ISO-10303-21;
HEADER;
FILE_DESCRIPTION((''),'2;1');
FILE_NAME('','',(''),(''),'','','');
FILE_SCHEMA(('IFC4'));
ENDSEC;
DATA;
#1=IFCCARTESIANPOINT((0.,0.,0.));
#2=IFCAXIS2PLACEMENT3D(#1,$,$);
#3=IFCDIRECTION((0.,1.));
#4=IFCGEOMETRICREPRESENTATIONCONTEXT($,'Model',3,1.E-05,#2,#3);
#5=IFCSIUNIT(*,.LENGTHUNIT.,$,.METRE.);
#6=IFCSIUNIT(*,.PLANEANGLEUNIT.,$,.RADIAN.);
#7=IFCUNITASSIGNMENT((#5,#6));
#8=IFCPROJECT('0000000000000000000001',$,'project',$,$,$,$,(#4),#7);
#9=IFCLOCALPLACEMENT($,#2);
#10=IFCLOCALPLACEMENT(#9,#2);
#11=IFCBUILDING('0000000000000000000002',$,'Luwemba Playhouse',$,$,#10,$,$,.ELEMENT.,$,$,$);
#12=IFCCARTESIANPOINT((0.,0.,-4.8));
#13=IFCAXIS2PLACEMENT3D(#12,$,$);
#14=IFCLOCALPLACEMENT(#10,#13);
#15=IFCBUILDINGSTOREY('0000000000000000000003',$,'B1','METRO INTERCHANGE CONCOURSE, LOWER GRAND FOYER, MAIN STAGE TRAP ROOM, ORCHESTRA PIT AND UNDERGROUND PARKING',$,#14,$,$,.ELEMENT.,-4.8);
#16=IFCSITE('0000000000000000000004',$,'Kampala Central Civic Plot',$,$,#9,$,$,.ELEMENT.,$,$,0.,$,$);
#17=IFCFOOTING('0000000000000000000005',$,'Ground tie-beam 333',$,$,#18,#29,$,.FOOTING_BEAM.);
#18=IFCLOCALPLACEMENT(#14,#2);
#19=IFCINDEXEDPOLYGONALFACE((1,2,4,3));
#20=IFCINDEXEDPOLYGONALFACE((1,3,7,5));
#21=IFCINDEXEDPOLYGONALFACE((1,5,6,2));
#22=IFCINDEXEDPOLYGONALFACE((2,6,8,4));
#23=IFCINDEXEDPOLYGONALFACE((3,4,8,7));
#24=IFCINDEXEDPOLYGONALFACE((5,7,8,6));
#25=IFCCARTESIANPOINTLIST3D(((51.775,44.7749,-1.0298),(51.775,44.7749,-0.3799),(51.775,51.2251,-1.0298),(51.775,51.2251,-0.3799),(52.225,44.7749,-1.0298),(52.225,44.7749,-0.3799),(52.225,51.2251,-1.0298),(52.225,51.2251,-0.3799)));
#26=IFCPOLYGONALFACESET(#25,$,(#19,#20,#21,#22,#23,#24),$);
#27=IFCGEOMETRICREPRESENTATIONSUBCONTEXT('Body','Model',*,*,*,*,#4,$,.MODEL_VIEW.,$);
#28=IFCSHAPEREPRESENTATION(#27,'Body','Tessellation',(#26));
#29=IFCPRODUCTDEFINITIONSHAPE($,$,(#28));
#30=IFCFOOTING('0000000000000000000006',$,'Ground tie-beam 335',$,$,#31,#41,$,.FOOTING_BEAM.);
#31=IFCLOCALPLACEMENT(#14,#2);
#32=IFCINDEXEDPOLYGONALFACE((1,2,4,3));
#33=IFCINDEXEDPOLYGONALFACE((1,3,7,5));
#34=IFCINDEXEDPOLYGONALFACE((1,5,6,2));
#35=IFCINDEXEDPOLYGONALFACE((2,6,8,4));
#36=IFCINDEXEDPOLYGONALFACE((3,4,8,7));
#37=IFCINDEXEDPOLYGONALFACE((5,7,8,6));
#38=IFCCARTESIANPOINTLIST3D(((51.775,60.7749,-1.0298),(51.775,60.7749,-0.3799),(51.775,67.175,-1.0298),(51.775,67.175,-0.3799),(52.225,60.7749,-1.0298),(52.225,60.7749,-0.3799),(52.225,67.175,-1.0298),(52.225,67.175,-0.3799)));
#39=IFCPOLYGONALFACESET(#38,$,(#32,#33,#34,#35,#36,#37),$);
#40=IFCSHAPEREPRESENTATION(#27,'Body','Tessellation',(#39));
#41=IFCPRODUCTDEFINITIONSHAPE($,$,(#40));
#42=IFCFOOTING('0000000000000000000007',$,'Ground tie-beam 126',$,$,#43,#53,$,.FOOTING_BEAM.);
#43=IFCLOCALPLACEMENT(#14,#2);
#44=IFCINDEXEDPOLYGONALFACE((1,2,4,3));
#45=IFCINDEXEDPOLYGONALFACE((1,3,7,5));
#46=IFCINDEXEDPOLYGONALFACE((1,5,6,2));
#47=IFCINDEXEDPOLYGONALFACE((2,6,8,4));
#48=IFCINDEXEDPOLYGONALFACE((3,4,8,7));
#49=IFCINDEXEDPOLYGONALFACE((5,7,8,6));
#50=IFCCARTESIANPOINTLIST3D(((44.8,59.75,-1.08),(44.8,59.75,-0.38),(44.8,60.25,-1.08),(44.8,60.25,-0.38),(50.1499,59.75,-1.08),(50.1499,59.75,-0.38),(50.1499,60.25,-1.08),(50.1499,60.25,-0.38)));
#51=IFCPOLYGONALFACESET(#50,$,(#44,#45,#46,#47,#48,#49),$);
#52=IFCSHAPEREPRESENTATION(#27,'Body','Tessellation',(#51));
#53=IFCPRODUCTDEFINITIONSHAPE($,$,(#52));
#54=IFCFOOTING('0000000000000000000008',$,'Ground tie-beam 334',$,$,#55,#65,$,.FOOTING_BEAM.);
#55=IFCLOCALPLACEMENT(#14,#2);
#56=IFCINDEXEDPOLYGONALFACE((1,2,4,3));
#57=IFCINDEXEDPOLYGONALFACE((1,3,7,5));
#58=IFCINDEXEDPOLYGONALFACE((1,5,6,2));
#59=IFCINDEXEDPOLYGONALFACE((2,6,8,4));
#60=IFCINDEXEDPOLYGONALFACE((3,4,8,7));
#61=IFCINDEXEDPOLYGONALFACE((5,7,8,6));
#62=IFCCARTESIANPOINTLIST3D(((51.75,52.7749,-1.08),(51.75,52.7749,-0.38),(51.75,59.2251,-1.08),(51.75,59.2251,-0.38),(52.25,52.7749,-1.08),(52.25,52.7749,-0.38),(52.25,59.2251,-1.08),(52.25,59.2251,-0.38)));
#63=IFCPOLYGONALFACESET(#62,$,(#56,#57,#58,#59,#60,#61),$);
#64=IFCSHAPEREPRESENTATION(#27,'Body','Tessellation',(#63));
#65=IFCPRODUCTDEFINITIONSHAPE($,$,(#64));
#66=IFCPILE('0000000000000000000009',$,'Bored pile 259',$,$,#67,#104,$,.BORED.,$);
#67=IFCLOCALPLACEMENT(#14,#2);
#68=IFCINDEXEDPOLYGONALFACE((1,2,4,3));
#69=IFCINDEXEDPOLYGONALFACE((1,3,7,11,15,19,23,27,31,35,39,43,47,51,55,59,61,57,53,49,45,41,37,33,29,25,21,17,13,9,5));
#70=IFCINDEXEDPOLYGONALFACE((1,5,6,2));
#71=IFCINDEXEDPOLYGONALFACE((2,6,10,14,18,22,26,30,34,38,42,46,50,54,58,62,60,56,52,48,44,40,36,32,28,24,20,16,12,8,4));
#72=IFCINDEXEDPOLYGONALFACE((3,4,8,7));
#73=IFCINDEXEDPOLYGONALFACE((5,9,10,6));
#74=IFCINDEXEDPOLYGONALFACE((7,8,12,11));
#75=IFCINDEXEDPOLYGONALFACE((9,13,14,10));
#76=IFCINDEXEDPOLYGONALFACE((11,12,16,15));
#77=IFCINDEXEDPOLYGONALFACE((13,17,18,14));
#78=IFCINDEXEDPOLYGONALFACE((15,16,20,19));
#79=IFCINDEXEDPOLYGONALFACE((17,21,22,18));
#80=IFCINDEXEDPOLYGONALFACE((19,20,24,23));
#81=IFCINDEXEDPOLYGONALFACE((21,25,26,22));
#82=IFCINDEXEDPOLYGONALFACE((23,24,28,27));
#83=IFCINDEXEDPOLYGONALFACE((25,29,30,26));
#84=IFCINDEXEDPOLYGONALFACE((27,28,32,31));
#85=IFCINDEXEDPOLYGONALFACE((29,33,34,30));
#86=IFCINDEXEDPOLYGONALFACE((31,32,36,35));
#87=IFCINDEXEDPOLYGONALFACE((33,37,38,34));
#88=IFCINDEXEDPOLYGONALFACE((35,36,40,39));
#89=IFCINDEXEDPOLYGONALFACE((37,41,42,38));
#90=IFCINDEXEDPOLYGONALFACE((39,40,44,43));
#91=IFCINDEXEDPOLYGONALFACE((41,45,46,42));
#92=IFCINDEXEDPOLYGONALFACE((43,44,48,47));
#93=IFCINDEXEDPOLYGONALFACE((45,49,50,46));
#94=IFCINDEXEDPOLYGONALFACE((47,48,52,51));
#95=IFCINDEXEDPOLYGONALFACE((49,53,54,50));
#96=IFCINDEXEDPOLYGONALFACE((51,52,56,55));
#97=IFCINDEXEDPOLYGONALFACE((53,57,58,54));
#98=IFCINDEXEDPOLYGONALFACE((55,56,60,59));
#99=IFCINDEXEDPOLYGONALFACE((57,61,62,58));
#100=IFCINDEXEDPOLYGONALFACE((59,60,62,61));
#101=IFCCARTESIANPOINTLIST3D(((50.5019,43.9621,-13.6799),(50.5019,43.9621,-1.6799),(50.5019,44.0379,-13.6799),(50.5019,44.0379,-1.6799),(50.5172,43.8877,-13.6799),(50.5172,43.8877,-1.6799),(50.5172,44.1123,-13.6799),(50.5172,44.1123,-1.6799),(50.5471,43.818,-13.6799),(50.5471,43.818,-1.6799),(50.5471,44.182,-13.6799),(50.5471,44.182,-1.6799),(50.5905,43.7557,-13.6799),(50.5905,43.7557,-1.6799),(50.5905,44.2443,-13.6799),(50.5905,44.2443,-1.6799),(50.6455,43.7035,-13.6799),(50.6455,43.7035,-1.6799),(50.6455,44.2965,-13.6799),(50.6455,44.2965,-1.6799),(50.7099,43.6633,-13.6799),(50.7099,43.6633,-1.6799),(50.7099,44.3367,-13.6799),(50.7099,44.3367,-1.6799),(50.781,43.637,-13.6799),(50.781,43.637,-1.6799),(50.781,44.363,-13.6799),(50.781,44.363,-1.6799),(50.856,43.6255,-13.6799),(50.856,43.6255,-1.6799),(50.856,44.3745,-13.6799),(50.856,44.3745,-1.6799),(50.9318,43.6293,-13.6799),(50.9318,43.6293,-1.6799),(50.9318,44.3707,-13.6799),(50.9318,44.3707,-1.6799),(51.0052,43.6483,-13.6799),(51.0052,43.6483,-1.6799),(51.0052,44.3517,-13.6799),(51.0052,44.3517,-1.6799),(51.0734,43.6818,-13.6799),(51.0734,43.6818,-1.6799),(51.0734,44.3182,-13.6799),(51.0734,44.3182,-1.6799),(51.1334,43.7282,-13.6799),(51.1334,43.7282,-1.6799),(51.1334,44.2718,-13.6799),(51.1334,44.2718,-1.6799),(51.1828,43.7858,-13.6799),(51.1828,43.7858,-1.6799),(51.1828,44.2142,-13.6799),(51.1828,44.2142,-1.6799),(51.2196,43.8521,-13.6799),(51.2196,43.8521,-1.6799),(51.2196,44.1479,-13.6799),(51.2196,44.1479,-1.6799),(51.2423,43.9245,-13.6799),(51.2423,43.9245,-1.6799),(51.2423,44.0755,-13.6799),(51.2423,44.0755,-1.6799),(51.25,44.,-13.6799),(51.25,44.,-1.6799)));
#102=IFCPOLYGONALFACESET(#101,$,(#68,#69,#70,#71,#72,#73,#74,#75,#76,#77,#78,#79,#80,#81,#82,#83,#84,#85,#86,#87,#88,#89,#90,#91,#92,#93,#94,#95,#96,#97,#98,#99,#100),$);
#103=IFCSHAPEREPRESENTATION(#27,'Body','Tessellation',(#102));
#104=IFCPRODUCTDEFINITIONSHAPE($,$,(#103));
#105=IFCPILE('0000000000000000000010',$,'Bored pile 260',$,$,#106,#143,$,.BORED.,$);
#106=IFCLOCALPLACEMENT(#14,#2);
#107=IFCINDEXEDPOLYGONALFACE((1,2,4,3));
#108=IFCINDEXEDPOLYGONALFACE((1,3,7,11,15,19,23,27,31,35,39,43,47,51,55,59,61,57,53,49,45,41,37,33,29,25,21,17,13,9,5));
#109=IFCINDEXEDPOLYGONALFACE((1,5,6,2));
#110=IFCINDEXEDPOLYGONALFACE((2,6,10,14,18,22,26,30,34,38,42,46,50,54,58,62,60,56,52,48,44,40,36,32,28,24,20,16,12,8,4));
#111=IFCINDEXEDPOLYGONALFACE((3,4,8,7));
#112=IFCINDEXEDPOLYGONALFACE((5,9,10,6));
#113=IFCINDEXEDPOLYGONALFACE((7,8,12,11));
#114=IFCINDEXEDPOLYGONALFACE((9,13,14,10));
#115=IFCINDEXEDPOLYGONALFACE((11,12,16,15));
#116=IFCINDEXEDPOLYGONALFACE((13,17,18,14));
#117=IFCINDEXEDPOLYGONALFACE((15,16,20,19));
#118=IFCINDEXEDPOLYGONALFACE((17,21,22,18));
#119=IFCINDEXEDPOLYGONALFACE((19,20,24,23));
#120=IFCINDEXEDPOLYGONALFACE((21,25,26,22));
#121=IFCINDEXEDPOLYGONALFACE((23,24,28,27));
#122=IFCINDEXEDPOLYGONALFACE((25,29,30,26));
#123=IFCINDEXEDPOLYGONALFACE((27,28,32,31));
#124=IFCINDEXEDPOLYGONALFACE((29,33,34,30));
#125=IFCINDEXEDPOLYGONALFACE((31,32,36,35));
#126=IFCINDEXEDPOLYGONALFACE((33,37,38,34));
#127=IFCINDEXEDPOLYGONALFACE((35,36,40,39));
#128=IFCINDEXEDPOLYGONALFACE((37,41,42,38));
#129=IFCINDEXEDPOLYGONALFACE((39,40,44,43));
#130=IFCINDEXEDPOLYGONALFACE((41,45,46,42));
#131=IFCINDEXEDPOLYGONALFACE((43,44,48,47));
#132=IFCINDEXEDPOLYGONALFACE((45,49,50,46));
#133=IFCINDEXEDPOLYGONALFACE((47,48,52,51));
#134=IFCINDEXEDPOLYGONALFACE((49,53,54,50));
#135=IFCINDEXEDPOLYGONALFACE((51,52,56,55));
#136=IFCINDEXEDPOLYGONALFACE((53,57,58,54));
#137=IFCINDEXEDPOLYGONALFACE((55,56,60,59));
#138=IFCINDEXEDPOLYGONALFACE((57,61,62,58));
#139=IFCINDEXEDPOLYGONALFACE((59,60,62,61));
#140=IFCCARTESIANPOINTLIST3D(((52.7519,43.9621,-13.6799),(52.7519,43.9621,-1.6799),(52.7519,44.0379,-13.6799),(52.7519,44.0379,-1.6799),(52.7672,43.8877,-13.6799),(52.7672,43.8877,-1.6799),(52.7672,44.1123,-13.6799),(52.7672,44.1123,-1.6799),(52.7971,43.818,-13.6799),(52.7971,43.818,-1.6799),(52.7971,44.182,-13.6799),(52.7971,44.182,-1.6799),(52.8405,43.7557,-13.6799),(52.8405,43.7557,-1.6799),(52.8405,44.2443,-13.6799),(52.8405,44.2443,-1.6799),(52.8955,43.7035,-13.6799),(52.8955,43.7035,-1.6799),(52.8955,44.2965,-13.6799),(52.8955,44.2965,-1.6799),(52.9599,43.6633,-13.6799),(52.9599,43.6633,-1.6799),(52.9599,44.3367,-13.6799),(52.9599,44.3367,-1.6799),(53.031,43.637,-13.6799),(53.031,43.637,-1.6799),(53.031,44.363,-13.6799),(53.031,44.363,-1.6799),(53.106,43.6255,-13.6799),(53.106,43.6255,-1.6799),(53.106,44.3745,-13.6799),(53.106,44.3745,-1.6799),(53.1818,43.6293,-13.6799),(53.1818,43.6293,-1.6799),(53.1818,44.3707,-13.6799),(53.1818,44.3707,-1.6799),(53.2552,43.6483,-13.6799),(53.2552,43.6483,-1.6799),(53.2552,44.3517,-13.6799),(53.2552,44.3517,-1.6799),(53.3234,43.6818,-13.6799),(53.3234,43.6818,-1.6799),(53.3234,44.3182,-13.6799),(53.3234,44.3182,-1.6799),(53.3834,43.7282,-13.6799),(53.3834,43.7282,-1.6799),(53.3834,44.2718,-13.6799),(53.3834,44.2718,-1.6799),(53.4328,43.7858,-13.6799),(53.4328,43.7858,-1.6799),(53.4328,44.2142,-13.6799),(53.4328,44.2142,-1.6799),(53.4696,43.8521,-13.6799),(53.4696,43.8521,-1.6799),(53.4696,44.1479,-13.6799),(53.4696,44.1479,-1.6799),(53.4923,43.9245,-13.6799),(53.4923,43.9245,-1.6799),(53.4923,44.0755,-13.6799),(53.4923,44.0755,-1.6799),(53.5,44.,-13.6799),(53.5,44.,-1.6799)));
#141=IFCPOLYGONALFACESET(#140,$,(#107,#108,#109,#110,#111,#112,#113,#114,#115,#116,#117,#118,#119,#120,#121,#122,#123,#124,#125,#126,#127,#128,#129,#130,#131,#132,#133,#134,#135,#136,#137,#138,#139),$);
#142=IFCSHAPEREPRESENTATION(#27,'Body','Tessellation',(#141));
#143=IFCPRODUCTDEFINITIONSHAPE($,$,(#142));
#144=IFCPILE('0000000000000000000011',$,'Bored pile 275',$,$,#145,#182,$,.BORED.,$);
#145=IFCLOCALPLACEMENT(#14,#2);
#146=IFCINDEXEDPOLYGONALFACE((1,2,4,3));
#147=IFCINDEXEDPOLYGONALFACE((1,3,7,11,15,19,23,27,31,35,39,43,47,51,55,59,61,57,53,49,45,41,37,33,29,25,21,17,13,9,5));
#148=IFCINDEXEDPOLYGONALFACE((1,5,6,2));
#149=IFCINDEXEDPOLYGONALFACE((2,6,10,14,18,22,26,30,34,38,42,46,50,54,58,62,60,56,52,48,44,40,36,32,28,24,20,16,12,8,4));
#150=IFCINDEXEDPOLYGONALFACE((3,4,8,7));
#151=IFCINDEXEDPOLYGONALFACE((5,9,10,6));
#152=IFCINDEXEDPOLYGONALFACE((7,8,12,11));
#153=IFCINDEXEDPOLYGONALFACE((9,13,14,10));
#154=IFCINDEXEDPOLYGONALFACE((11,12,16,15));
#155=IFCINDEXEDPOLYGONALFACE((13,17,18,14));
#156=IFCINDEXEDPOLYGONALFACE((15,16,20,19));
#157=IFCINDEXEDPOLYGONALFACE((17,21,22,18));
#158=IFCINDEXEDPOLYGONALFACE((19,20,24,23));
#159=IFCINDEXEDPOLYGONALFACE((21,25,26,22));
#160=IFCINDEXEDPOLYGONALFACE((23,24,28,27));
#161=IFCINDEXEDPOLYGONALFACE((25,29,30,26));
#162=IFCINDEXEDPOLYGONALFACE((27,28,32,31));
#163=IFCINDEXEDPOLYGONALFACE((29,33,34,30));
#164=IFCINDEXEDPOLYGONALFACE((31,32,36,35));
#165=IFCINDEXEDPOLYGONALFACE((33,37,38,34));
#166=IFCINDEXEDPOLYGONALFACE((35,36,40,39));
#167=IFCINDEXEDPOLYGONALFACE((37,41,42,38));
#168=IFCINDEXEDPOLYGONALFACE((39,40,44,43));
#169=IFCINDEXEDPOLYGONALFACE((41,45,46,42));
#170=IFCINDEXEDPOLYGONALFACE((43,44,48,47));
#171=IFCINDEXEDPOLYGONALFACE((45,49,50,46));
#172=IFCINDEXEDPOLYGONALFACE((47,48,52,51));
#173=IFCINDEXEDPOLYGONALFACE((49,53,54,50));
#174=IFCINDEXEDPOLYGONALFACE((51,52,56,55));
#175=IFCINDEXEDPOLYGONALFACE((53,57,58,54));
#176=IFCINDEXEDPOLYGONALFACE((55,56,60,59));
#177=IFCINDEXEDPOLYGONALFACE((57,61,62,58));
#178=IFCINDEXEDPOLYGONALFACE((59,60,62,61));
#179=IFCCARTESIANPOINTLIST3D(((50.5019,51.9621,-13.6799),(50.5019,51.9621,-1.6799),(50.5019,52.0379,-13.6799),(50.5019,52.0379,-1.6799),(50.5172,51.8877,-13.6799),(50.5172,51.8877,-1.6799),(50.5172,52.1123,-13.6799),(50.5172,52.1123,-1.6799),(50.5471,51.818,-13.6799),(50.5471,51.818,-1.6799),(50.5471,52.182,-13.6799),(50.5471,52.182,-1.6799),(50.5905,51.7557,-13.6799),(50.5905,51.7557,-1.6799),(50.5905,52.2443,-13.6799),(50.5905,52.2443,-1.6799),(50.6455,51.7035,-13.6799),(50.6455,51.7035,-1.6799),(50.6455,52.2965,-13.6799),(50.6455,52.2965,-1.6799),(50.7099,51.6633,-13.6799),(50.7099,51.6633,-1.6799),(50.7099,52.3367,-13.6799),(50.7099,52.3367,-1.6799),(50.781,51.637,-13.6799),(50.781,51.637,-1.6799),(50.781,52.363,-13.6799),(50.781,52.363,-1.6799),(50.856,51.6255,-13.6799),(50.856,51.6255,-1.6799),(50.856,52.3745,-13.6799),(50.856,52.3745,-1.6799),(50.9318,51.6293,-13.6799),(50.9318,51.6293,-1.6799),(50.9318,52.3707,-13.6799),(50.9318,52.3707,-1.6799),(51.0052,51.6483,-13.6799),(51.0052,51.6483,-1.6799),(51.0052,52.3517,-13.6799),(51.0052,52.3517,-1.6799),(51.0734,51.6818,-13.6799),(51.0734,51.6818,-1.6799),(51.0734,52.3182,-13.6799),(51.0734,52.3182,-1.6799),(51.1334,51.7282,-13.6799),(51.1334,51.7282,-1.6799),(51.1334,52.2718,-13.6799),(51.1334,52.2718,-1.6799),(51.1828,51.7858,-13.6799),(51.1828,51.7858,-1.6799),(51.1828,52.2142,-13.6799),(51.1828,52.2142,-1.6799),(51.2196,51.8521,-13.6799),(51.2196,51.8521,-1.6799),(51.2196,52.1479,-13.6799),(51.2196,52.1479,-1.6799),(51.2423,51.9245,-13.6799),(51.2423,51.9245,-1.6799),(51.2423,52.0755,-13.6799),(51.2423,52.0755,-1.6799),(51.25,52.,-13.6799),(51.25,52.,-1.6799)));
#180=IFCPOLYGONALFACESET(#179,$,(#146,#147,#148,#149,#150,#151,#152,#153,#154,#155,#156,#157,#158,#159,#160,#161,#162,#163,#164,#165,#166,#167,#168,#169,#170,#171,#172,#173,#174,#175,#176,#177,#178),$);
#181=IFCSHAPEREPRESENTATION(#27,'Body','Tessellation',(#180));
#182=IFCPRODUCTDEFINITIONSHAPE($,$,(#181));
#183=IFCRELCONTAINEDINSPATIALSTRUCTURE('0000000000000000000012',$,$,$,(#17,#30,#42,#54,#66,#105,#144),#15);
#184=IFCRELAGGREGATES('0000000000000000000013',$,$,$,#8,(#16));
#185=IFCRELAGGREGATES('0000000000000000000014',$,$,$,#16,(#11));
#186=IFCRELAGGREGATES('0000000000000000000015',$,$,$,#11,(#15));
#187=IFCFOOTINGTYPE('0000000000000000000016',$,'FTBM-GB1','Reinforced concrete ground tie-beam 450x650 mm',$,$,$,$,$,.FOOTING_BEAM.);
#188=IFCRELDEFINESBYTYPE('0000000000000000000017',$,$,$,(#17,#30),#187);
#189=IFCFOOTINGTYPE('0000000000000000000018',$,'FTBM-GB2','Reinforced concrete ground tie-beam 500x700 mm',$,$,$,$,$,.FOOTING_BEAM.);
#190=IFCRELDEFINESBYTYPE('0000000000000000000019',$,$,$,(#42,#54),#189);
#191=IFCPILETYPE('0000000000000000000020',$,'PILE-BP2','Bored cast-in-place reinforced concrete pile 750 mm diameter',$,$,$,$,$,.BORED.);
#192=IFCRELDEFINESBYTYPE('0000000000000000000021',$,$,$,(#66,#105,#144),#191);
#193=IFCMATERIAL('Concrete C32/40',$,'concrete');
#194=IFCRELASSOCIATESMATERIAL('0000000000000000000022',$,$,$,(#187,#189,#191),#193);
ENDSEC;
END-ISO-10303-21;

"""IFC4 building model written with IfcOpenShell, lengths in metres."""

from ifc_helpers import new_model, si_unit, direction, frame, origin, origin_2d, place, context, subcontext, project, spatial, rectangle, circle, extrude, material, material_profile, profile_set, type_object, element, save


model = new_model("IFC4")

# Units and contexts
model_context = context("Model", 3, precision=1e-05, world=origin(), true_north=direction((0.0, 1.0)))
body_context = subcontext(model_context, "Body", "Model", "MODEL_VIEW")
ifc_project = project(units=[si_unit("LENGTHUNIT", "METRE"), si_unit("PLANEANGLEUNIT", "RADIAN")], contexts=[model_context])

# Site, building, storey
site_placement = place(None, origin())
site = spatial("IfcSite", under=ifc_project, at=site_placement, Name="Kampala Central Civic Plot", CompositionType="ELEMENT", RefElevation=0.0)
building_placement = place(site_placement, origin())
building = spatial("IfcBuilding", under=site, at=building_placement, Name="Luwemba Playhouse", CompositionType="ELEMENT")
storey_placement = place(building_placement, frame((0.0, 0.0, -4.8)))
storey = spatial("IfcBuildingStorey", under=building, at=storey_placement, Name="B1", Description="METRO INTERCHANGE CONCOURSE, LOWER GRAND FOYER, MAIN STAGE TRAP ROOM, ORCHESTRA PIT AND UNDERGROUND PARKING", CompositionType="ELEMENT", Elevation=-4.8)

# Footings
ifc_material_1 = material(Name="Concrete C32/40", Category="concrete")
ifc_material_profile_1 = material_profile(ifc_material_1, rectangle(XDim=0.45, YDim=0.6499, at=origin_2d()))
ifc_profile_set_1 = profile_set([ifc_material_profile_1], Name="Concrete C32/40")
footing_type_1 = type_object("IfcFootingType", Name="FTBM-GB1", Description="Reinforced concrete ground tie-beam 450x650 mm", PredefinedType="FOOTING_BEAM", material=ifc_profile_set_1)
footing_1_placement = place(storey_placement, frame((52.0, 44.7749, -0.7048), z_axis=(0.0, 1.0, 0.0), x_axis=(-1.0, 0.0, 0.0)))
element("IfcFooting", 1, at=footing_1_placement, inside=storey, type_object=footing_type_1, Name="Ground tie-beam 333", PredefinedType="FOOTING_BEAM", context=body_context, shape_type="SweptSolid", body=[
    extrude(rectangle(XDim=0.45, YDim=0.6499, at=origin_2d()), origin(), (0.0, 0.0, 1.0), 6.4502),
])
footing_2_placement = place(storey_placement, frame((52.0, 60.7749, -0.7048), z_axis=(0.0, 1.0, 0.0), x_axis=(-1.0, 0.0, 0.0)))
element("IfcFooting", 2, at=footing_2_placement, inside=storey, type_object=footing_type_1, Name="Ground tie-beam 335", PredefinedType="FOOTING_BEAM", context=body_context, shape_type="SweptSolid", body=[
    extrude(rectangle(XDim=0.45, YDim=0.6499, at=origin_2d()), origin(), (0.0, 0.0, 1.0), 6.4001),
])
ifc_material_profile_2 = material_profile(ifc_material_1, rectangle(XDim=0.5, YDim=0.7, at=origin_2d()))
ifc_profile_set_2 = profile_set([ifc_material_profile_2], Name="Concrete C32/40")
footing_type_2 = type_object("IfcFootingType", Name="FTBM-GB2", Description="Reinforced concrete ground tie-beam 500x700 mm", PredefinedType="FOOTING_BEAM", material=ifc_profile_set_2)
footing_3_placement = place(storey_placement, frame((44.8, 60.0, -0.73), z_axis=(1.0, 0.0, 0.0), x_axis=(0.0, 1.0, 0.0)))
element("IfcFooting", 3, at=footing_3_placement, inside=storey, type_object=footing_type_2, Name="Ground tie-beam 126", PredefinedType="FOOTING_BEAM", context=body_context, shape_type="SweptSolid", body=[
    extrude(rectangle(XDim=0.5, YDim=0.7, at=origin_2d()), origin(), (0.0, 0.0, 1.0), 5.3499),
])
footing_4_placement = place(storey_placement, frame((52.0, 52.7749, -0.73), z_axis=(0.0, 1.0, 0.0), x_axis=(-1.0, 0.0, 0.0)))
element("IfcFooting", 4, at=footing_4_placement, inside=storey, type_object=footing_type_2, Name="Ground tie-beam 334", PredefinedType="FOOTING_BEAM", context=body_context, shape_type="SweptSolid", body=[
    extrude(rectangle(XDim=0.5, YDim=0.7, at=origin_2d()), origin(), (0.0, 0.0, 1.0), 6.4502),
])

# Piles
ifc_material_profile_3 = material_profile(ifc_material_1, circle(Radius=0.375, at=origin_2d()))
ifc_profile_set_3 = profile_set([ifc_material_profile_3], Name="Concrete C32/40")
pile_type = type_object("IfcPileType", Name="PILE-BP2", Description="Bored cast-in-place reinforced concrete pile 750 mm diameter", PredefinedType="BORED", material=ifc_profile_set_3)
for number, where, z_axis, x_axis, name in (
    (5, (50.875, 44.0, -1.6799), (0.0, 0.0, -1.0), (1.0, 0.0, 0.0), "Bored pile 259"),
    (6, (53.125, 44.0, -1.6799), (0.0, 0.0, -1.0), (1.0, 0.0, 0.0), "Bored pile 260"),
    (7, (50.875, 52.0, -1.6799), (0.0, 0.0, -1.0), (1.0, 0.0, 0.0), "Bored pile 275"),
):
    element("IfcPile", number, at=place(storey_placement, frame(where, z_axis=z_axis, x_axis=x_axis)), inside=storey, type_object=pile_type, Name=name, PredefinedType="BORED", context=body_context, shape_type="SweptSolid", body=[
        extrude(circle(Radius=0.375, at=origin_2d()), origin(), (0.0, 0.0, 1.0), 12.0),
    ])

save(model, "model.ifc")
